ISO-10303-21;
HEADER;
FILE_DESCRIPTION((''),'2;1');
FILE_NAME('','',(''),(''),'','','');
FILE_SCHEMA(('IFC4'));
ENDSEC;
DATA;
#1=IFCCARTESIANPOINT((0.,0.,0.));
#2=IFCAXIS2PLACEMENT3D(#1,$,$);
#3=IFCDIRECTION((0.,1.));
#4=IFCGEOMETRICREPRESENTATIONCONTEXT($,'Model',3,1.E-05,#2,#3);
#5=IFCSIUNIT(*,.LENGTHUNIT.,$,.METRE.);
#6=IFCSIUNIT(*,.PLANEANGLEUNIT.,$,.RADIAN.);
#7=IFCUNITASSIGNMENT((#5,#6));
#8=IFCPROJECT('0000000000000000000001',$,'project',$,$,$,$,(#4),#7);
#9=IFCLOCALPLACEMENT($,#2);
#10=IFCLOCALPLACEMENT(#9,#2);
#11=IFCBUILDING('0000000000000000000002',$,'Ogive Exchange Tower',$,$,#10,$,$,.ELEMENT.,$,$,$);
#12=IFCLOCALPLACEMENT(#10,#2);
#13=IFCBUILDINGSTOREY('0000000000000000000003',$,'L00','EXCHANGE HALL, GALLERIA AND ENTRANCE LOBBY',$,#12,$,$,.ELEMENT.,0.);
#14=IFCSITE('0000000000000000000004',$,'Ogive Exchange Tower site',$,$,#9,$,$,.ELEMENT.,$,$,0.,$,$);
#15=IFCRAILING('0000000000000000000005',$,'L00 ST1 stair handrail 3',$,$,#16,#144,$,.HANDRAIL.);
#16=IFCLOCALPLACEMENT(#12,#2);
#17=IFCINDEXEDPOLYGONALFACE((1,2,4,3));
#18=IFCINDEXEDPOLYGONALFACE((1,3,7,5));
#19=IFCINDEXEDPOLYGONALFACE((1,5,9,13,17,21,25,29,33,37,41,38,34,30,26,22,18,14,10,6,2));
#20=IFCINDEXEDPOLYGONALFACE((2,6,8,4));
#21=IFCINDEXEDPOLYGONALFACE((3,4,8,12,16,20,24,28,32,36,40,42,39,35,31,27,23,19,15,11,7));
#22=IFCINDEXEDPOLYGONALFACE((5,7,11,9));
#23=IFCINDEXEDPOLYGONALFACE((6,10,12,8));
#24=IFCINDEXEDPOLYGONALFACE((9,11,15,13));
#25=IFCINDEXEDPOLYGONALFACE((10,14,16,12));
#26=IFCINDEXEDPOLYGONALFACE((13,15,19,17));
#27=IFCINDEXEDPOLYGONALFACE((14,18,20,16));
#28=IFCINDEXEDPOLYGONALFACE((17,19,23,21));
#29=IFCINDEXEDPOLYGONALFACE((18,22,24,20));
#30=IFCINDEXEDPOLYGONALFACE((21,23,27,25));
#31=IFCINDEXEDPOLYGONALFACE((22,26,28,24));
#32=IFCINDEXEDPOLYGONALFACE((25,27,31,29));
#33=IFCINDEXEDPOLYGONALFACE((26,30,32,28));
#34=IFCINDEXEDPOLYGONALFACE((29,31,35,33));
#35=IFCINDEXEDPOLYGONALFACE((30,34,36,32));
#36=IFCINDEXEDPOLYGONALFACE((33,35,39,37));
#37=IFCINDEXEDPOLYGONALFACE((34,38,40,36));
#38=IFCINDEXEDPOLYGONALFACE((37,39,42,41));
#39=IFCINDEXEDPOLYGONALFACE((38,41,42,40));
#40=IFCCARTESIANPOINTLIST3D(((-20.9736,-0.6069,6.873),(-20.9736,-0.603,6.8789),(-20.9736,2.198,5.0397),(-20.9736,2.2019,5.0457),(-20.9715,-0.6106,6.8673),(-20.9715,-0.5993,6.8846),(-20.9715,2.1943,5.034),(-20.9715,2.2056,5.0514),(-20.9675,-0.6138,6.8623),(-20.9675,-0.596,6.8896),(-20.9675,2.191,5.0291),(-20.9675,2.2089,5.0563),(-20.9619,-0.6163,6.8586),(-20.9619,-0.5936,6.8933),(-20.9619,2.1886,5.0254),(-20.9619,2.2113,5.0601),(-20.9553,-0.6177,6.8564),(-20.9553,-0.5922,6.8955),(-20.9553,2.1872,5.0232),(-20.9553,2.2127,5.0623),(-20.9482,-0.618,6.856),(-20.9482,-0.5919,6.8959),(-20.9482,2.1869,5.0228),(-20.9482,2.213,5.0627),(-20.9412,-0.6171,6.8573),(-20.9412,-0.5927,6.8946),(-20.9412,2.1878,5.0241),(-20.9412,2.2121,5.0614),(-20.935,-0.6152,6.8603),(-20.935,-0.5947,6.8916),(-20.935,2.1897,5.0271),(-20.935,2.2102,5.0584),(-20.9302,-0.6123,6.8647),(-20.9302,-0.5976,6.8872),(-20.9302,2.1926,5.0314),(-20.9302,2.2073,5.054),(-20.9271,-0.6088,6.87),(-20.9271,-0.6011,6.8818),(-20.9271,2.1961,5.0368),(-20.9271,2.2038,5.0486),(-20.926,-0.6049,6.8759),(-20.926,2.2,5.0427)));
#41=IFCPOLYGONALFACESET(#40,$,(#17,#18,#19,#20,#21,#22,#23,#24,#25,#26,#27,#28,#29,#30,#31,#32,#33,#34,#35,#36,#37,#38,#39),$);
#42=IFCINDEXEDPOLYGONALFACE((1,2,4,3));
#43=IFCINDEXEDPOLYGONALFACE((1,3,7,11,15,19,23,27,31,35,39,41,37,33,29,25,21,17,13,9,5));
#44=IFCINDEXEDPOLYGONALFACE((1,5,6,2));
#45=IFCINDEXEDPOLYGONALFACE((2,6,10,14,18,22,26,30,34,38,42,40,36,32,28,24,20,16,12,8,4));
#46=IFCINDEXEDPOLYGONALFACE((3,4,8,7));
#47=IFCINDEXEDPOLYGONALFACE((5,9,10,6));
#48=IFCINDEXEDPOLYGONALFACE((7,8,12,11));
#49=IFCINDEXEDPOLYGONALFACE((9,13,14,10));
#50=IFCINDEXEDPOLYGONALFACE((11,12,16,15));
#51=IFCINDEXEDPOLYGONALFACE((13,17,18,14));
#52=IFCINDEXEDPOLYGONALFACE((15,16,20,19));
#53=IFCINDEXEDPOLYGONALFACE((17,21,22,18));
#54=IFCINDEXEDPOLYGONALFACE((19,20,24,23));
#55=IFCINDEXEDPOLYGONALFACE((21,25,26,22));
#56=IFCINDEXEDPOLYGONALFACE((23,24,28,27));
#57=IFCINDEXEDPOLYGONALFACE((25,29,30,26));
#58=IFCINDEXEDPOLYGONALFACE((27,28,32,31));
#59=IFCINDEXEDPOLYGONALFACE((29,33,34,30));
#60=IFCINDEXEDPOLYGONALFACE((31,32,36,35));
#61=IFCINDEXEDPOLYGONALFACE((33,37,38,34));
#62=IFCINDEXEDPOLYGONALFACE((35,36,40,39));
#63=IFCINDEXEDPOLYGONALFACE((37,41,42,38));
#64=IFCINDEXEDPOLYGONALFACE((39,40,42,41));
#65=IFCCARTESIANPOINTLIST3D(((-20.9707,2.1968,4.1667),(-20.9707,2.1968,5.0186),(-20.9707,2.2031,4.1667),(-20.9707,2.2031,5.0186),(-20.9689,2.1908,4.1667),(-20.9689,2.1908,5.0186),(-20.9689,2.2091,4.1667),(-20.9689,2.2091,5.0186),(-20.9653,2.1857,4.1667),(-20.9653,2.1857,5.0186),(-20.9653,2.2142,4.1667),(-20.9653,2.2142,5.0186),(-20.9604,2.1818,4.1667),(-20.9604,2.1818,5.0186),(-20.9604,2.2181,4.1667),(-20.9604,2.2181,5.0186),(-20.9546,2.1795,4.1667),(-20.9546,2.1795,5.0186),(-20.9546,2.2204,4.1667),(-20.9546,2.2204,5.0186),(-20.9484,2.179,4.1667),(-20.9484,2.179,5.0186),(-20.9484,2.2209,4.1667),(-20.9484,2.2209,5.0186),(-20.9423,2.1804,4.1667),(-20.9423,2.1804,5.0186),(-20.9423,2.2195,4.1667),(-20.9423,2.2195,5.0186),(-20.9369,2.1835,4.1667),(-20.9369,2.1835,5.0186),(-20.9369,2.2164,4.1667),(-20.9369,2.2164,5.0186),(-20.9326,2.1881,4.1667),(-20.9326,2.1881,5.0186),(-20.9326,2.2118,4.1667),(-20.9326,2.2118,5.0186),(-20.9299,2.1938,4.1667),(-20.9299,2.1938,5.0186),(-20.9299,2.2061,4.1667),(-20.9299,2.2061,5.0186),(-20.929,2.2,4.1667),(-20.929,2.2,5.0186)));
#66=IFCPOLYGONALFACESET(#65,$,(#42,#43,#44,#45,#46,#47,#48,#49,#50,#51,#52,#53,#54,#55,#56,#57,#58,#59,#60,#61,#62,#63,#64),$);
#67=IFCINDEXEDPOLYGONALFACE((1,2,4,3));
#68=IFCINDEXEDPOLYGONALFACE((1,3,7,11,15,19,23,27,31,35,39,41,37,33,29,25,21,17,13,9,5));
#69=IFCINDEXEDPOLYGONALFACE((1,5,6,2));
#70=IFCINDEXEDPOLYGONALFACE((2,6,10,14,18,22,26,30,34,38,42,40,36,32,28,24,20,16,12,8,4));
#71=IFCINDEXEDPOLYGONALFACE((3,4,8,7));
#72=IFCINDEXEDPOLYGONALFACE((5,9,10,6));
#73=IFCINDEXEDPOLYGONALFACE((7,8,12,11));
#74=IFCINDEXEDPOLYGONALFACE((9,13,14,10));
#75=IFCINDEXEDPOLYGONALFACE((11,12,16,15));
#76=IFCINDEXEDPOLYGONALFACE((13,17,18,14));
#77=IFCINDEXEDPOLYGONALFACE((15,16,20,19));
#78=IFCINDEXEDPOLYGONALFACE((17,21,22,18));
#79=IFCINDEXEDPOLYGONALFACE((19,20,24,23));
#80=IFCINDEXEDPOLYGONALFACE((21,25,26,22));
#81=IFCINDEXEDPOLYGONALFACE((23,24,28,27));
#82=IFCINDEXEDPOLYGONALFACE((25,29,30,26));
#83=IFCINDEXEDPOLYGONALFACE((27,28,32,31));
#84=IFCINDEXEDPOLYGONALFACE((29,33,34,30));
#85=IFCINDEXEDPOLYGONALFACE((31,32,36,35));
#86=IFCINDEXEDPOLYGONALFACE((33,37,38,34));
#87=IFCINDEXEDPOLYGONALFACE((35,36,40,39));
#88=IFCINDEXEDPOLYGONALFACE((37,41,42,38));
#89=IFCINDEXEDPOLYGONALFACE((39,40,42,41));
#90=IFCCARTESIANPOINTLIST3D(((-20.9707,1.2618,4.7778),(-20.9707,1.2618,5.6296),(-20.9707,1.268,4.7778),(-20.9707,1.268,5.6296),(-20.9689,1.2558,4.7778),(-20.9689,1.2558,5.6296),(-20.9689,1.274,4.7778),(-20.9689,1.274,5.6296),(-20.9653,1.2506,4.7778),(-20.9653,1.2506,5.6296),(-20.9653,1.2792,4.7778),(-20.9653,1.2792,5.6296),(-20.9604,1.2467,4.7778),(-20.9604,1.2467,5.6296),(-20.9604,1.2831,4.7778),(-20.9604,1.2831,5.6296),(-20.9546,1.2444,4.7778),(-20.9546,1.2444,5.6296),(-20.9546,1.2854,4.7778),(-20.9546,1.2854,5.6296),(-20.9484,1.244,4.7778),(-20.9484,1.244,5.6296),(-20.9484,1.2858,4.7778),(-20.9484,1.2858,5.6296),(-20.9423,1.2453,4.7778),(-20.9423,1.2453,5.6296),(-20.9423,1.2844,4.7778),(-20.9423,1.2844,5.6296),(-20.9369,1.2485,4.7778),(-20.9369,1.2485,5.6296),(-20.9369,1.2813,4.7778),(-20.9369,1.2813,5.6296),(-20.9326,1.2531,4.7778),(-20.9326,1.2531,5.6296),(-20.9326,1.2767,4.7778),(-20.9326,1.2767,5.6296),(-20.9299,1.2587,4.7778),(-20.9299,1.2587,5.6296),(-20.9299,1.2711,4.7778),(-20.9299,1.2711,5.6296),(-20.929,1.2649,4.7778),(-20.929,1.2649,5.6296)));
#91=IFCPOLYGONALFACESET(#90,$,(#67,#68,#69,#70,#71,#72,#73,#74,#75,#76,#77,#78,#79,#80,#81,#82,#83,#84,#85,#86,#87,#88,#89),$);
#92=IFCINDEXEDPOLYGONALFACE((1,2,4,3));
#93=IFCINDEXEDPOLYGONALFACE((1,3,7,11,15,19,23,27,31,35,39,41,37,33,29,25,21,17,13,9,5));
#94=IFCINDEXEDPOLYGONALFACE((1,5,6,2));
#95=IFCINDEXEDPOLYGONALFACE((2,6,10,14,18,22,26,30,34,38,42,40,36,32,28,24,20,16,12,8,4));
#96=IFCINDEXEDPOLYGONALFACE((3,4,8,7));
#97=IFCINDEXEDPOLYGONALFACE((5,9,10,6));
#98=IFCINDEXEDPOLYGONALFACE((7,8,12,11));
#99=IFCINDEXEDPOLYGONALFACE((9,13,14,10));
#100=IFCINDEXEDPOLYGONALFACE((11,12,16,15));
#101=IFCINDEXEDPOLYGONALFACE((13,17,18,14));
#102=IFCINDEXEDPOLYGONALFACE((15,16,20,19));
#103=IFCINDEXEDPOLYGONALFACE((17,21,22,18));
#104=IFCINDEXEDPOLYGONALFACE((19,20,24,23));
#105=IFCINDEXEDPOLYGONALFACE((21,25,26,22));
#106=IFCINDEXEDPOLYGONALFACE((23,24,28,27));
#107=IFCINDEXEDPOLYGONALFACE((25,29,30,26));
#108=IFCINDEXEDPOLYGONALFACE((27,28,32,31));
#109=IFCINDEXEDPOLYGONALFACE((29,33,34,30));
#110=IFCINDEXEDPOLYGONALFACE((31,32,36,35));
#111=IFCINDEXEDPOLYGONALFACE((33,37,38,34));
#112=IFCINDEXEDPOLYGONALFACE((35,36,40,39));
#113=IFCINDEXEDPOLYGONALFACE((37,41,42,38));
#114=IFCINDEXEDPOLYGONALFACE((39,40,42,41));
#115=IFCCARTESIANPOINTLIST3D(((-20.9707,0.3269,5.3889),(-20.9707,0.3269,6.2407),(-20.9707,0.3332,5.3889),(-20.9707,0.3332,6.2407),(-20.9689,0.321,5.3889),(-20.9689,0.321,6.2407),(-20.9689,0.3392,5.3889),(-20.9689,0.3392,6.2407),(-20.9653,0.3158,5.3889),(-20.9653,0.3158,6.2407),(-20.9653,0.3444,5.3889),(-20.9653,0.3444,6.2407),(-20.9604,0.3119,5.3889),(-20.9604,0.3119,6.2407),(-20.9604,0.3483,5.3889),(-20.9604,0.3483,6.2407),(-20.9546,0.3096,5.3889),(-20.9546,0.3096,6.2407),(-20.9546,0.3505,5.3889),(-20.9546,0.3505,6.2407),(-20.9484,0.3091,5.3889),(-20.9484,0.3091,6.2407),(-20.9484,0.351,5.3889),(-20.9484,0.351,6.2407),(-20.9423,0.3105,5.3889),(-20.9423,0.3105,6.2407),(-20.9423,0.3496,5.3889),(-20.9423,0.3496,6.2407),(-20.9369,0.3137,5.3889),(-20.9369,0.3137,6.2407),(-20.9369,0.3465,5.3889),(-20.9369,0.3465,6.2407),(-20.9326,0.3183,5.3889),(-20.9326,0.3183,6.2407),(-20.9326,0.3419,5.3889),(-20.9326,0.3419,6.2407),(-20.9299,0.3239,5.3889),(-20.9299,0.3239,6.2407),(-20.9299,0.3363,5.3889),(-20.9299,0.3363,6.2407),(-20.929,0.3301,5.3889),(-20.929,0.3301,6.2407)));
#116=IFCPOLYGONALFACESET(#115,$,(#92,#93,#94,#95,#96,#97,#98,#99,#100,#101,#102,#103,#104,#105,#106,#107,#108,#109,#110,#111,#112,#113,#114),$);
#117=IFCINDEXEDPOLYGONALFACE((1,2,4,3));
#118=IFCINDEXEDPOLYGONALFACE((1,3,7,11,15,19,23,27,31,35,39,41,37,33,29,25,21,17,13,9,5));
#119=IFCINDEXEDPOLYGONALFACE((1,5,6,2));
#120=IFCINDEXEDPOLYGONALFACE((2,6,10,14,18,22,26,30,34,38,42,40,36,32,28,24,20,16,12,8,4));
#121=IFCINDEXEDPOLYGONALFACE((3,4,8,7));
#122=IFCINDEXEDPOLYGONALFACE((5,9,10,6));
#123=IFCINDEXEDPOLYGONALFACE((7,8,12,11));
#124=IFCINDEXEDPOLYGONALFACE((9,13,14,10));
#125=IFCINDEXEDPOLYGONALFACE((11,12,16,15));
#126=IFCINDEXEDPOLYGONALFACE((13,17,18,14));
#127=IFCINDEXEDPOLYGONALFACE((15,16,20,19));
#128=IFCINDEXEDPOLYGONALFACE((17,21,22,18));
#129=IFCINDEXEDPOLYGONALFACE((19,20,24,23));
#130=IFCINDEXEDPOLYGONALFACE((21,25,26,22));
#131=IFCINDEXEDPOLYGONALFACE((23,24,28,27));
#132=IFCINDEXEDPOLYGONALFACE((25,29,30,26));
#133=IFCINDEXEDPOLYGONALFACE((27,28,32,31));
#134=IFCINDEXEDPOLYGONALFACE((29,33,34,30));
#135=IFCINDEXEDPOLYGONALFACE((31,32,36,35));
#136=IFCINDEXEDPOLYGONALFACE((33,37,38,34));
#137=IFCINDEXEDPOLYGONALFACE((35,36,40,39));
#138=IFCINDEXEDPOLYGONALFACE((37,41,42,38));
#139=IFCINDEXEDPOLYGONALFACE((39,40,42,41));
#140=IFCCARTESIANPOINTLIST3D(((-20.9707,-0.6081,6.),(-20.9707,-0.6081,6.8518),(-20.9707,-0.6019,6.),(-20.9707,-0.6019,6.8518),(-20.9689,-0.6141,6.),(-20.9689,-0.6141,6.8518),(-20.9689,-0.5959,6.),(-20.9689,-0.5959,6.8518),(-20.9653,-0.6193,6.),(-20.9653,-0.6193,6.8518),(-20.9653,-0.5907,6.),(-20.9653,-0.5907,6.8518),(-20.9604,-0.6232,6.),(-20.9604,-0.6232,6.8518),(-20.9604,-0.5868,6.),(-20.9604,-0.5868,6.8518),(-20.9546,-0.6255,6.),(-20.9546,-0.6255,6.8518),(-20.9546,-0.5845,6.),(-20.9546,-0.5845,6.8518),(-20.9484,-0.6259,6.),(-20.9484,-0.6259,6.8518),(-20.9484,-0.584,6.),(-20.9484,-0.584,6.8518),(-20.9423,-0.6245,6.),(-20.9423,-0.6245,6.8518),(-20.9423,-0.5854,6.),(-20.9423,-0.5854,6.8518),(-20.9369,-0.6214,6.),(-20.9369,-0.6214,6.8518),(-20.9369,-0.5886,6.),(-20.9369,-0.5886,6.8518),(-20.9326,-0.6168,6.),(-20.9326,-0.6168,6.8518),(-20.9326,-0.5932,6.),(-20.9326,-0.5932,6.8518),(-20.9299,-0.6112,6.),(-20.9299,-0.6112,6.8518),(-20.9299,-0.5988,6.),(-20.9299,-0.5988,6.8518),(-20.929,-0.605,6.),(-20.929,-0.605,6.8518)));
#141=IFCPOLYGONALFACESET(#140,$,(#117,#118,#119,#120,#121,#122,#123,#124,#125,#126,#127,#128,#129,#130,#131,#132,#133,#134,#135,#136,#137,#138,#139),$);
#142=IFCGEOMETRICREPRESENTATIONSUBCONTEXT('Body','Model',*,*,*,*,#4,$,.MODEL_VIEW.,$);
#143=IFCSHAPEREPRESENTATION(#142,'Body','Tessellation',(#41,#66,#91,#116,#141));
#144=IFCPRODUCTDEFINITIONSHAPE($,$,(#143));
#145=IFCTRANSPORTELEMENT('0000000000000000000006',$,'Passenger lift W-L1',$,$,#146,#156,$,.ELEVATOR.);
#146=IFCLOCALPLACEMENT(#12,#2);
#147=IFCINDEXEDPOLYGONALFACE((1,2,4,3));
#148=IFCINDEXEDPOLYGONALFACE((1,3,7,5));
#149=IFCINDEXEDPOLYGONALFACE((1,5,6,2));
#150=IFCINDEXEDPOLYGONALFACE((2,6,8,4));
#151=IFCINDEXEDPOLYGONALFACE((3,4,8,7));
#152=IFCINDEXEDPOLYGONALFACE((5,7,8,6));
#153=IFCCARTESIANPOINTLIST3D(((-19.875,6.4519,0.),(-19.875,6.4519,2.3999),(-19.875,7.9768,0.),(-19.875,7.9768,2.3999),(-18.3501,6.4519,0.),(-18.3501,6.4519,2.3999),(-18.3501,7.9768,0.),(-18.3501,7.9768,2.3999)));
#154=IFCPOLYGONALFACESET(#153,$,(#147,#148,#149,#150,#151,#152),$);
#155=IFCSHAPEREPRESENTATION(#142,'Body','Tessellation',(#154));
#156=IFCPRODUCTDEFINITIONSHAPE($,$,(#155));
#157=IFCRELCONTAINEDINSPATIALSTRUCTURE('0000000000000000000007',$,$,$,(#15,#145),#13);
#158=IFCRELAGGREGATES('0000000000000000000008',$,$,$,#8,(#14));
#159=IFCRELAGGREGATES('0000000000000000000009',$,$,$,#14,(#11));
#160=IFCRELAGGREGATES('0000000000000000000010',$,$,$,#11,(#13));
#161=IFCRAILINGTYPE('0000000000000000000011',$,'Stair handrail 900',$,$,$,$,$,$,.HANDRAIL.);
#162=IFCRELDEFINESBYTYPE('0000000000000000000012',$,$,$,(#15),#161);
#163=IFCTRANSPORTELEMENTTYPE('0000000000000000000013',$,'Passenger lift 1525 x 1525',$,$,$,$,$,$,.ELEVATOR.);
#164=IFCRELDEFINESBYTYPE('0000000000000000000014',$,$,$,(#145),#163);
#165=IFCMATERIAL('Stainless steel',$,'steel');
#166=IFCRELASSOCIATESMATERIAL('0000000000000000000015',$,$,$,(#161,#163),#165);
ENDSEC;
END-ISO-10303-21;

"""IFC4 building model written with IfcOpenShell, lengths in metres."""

from ifc_helpers import new_model, si_unit, direction, frame, origin, origin_2d, place, context, subcontext, project, spatial, rectangle, circle, extrude, material, type_object, element, save


model = new_model("IFC4")

# Units and contexts
model_context = context("Model", 3, precision=1e-05, world=origin(), true_north=direction((0.0, 1.0)))
body_context = subcontext(model_context, "Body", "Model", "MODEL_VIEW")
ifc_project = project(units=[si_unit("LENGTHUNIT", "METRE"), si_unit("PLANEANGLEUNIT", "RADIAN")], contexts=[model_context])

# Site, building, storey
site_placement = place(None, origin())
site = spatial("IfcSite", under=ifc_project, at=site_placement, Name="Ogive Exchange Tower site", CompositionType="ELEMENT", RefElevation=0.0)
building_placement = place(site_placement, origin())
building = spatial("IfcBuilding", under=site, at=building_placement, Name="Ogive Exchange Tower", CompositionType="ELEMENT")
storey_placement = place(building_placement, origin())
storey = spatial("IfcBuildingStorey", under=building, at=storey_placement, Name="L00", Description="EXCHANGE HALL, GALLERIA AND ENTRANCE LOBBY", CompositionType="ELEMENT", Elevation=0.0)

# Railing
ifc_material_1 = material(Name="Stainless steel", Category="steel")
railing_type = type_object("IfcRailingType", Name="Stair handrail 900", PredefinedType="HANDRAIL", material=ifc_material_1)
for number, where, name in (
    (1, (-20.95, 2.2, 4.1667), "L00 ST1 stair handrail 3"),
):
    element("IfcRailing", number, at=place(storey_placement, frame(where)), inside=storey, type_object=railing_type, Name=name, PredefinedType="HANDRAIL", context=body_context, shape_type="SweptSolid", body=[
        extrude(circle(Radius=0.0239, at=origin_2d()), frame((0.0, 0.0, 0.876), z_axis=(0.0, -0.837071, 0.547094), x_axis=(1.0, 0.0, 0.0)), (0.0, 0.0, 1.0), 3.3508),
        extrude(circle(Radius=0.021, at=origin_2d()), origin(), (0.0, 0.0, 1.0), 0.8518),
        extrude(circle(Radius=0.021, at=origin_2d()), frame((0.0, -0.9351, 0.6111)), (0.0, 0.0, 1.0), 0.8518),
        extrude(circle(Radius=0.021, at=origin_2d()), frame((0.0, -1.8699, 1.2222)), (0.0, 0.0, 1.0), 0.8518),
        extrude(circle(Radius=0.021, at=origin_2d()), frame((0.0, -2.8049, 1.8333)), (0.0, 0.0, 1.0), 0.8518),
    ])

# Transport element
transport_element_type = type_object("IfcTransportElementType", Name="Passenger lift 1525 x 1525", PredefinedType="ELEVATOR", material=ifc_material_1)
transport_element_placement = place(storey_placement, frame((-19.1125, 7.2144, 0.0), z_axis=(0.0, 0.0, 1.0), x_axis=(1.0, 0.0, 0.0)))
element("IfcTransportElement", 2, at=transport_element_placement, inside=storey, type_object=transport_element_type, Name="Passenger lift W-L1", PredefinedType="ELEVATOR", context=body_context, shape_type="SweptSolid", body=[
    extrude(rectangle(XDim=1.5249, YDim=1.5249, at=origin_2d()), origin(), (0.0, 0.0, 1.0), 2.3999),
])

save(model, "model.ifc")
